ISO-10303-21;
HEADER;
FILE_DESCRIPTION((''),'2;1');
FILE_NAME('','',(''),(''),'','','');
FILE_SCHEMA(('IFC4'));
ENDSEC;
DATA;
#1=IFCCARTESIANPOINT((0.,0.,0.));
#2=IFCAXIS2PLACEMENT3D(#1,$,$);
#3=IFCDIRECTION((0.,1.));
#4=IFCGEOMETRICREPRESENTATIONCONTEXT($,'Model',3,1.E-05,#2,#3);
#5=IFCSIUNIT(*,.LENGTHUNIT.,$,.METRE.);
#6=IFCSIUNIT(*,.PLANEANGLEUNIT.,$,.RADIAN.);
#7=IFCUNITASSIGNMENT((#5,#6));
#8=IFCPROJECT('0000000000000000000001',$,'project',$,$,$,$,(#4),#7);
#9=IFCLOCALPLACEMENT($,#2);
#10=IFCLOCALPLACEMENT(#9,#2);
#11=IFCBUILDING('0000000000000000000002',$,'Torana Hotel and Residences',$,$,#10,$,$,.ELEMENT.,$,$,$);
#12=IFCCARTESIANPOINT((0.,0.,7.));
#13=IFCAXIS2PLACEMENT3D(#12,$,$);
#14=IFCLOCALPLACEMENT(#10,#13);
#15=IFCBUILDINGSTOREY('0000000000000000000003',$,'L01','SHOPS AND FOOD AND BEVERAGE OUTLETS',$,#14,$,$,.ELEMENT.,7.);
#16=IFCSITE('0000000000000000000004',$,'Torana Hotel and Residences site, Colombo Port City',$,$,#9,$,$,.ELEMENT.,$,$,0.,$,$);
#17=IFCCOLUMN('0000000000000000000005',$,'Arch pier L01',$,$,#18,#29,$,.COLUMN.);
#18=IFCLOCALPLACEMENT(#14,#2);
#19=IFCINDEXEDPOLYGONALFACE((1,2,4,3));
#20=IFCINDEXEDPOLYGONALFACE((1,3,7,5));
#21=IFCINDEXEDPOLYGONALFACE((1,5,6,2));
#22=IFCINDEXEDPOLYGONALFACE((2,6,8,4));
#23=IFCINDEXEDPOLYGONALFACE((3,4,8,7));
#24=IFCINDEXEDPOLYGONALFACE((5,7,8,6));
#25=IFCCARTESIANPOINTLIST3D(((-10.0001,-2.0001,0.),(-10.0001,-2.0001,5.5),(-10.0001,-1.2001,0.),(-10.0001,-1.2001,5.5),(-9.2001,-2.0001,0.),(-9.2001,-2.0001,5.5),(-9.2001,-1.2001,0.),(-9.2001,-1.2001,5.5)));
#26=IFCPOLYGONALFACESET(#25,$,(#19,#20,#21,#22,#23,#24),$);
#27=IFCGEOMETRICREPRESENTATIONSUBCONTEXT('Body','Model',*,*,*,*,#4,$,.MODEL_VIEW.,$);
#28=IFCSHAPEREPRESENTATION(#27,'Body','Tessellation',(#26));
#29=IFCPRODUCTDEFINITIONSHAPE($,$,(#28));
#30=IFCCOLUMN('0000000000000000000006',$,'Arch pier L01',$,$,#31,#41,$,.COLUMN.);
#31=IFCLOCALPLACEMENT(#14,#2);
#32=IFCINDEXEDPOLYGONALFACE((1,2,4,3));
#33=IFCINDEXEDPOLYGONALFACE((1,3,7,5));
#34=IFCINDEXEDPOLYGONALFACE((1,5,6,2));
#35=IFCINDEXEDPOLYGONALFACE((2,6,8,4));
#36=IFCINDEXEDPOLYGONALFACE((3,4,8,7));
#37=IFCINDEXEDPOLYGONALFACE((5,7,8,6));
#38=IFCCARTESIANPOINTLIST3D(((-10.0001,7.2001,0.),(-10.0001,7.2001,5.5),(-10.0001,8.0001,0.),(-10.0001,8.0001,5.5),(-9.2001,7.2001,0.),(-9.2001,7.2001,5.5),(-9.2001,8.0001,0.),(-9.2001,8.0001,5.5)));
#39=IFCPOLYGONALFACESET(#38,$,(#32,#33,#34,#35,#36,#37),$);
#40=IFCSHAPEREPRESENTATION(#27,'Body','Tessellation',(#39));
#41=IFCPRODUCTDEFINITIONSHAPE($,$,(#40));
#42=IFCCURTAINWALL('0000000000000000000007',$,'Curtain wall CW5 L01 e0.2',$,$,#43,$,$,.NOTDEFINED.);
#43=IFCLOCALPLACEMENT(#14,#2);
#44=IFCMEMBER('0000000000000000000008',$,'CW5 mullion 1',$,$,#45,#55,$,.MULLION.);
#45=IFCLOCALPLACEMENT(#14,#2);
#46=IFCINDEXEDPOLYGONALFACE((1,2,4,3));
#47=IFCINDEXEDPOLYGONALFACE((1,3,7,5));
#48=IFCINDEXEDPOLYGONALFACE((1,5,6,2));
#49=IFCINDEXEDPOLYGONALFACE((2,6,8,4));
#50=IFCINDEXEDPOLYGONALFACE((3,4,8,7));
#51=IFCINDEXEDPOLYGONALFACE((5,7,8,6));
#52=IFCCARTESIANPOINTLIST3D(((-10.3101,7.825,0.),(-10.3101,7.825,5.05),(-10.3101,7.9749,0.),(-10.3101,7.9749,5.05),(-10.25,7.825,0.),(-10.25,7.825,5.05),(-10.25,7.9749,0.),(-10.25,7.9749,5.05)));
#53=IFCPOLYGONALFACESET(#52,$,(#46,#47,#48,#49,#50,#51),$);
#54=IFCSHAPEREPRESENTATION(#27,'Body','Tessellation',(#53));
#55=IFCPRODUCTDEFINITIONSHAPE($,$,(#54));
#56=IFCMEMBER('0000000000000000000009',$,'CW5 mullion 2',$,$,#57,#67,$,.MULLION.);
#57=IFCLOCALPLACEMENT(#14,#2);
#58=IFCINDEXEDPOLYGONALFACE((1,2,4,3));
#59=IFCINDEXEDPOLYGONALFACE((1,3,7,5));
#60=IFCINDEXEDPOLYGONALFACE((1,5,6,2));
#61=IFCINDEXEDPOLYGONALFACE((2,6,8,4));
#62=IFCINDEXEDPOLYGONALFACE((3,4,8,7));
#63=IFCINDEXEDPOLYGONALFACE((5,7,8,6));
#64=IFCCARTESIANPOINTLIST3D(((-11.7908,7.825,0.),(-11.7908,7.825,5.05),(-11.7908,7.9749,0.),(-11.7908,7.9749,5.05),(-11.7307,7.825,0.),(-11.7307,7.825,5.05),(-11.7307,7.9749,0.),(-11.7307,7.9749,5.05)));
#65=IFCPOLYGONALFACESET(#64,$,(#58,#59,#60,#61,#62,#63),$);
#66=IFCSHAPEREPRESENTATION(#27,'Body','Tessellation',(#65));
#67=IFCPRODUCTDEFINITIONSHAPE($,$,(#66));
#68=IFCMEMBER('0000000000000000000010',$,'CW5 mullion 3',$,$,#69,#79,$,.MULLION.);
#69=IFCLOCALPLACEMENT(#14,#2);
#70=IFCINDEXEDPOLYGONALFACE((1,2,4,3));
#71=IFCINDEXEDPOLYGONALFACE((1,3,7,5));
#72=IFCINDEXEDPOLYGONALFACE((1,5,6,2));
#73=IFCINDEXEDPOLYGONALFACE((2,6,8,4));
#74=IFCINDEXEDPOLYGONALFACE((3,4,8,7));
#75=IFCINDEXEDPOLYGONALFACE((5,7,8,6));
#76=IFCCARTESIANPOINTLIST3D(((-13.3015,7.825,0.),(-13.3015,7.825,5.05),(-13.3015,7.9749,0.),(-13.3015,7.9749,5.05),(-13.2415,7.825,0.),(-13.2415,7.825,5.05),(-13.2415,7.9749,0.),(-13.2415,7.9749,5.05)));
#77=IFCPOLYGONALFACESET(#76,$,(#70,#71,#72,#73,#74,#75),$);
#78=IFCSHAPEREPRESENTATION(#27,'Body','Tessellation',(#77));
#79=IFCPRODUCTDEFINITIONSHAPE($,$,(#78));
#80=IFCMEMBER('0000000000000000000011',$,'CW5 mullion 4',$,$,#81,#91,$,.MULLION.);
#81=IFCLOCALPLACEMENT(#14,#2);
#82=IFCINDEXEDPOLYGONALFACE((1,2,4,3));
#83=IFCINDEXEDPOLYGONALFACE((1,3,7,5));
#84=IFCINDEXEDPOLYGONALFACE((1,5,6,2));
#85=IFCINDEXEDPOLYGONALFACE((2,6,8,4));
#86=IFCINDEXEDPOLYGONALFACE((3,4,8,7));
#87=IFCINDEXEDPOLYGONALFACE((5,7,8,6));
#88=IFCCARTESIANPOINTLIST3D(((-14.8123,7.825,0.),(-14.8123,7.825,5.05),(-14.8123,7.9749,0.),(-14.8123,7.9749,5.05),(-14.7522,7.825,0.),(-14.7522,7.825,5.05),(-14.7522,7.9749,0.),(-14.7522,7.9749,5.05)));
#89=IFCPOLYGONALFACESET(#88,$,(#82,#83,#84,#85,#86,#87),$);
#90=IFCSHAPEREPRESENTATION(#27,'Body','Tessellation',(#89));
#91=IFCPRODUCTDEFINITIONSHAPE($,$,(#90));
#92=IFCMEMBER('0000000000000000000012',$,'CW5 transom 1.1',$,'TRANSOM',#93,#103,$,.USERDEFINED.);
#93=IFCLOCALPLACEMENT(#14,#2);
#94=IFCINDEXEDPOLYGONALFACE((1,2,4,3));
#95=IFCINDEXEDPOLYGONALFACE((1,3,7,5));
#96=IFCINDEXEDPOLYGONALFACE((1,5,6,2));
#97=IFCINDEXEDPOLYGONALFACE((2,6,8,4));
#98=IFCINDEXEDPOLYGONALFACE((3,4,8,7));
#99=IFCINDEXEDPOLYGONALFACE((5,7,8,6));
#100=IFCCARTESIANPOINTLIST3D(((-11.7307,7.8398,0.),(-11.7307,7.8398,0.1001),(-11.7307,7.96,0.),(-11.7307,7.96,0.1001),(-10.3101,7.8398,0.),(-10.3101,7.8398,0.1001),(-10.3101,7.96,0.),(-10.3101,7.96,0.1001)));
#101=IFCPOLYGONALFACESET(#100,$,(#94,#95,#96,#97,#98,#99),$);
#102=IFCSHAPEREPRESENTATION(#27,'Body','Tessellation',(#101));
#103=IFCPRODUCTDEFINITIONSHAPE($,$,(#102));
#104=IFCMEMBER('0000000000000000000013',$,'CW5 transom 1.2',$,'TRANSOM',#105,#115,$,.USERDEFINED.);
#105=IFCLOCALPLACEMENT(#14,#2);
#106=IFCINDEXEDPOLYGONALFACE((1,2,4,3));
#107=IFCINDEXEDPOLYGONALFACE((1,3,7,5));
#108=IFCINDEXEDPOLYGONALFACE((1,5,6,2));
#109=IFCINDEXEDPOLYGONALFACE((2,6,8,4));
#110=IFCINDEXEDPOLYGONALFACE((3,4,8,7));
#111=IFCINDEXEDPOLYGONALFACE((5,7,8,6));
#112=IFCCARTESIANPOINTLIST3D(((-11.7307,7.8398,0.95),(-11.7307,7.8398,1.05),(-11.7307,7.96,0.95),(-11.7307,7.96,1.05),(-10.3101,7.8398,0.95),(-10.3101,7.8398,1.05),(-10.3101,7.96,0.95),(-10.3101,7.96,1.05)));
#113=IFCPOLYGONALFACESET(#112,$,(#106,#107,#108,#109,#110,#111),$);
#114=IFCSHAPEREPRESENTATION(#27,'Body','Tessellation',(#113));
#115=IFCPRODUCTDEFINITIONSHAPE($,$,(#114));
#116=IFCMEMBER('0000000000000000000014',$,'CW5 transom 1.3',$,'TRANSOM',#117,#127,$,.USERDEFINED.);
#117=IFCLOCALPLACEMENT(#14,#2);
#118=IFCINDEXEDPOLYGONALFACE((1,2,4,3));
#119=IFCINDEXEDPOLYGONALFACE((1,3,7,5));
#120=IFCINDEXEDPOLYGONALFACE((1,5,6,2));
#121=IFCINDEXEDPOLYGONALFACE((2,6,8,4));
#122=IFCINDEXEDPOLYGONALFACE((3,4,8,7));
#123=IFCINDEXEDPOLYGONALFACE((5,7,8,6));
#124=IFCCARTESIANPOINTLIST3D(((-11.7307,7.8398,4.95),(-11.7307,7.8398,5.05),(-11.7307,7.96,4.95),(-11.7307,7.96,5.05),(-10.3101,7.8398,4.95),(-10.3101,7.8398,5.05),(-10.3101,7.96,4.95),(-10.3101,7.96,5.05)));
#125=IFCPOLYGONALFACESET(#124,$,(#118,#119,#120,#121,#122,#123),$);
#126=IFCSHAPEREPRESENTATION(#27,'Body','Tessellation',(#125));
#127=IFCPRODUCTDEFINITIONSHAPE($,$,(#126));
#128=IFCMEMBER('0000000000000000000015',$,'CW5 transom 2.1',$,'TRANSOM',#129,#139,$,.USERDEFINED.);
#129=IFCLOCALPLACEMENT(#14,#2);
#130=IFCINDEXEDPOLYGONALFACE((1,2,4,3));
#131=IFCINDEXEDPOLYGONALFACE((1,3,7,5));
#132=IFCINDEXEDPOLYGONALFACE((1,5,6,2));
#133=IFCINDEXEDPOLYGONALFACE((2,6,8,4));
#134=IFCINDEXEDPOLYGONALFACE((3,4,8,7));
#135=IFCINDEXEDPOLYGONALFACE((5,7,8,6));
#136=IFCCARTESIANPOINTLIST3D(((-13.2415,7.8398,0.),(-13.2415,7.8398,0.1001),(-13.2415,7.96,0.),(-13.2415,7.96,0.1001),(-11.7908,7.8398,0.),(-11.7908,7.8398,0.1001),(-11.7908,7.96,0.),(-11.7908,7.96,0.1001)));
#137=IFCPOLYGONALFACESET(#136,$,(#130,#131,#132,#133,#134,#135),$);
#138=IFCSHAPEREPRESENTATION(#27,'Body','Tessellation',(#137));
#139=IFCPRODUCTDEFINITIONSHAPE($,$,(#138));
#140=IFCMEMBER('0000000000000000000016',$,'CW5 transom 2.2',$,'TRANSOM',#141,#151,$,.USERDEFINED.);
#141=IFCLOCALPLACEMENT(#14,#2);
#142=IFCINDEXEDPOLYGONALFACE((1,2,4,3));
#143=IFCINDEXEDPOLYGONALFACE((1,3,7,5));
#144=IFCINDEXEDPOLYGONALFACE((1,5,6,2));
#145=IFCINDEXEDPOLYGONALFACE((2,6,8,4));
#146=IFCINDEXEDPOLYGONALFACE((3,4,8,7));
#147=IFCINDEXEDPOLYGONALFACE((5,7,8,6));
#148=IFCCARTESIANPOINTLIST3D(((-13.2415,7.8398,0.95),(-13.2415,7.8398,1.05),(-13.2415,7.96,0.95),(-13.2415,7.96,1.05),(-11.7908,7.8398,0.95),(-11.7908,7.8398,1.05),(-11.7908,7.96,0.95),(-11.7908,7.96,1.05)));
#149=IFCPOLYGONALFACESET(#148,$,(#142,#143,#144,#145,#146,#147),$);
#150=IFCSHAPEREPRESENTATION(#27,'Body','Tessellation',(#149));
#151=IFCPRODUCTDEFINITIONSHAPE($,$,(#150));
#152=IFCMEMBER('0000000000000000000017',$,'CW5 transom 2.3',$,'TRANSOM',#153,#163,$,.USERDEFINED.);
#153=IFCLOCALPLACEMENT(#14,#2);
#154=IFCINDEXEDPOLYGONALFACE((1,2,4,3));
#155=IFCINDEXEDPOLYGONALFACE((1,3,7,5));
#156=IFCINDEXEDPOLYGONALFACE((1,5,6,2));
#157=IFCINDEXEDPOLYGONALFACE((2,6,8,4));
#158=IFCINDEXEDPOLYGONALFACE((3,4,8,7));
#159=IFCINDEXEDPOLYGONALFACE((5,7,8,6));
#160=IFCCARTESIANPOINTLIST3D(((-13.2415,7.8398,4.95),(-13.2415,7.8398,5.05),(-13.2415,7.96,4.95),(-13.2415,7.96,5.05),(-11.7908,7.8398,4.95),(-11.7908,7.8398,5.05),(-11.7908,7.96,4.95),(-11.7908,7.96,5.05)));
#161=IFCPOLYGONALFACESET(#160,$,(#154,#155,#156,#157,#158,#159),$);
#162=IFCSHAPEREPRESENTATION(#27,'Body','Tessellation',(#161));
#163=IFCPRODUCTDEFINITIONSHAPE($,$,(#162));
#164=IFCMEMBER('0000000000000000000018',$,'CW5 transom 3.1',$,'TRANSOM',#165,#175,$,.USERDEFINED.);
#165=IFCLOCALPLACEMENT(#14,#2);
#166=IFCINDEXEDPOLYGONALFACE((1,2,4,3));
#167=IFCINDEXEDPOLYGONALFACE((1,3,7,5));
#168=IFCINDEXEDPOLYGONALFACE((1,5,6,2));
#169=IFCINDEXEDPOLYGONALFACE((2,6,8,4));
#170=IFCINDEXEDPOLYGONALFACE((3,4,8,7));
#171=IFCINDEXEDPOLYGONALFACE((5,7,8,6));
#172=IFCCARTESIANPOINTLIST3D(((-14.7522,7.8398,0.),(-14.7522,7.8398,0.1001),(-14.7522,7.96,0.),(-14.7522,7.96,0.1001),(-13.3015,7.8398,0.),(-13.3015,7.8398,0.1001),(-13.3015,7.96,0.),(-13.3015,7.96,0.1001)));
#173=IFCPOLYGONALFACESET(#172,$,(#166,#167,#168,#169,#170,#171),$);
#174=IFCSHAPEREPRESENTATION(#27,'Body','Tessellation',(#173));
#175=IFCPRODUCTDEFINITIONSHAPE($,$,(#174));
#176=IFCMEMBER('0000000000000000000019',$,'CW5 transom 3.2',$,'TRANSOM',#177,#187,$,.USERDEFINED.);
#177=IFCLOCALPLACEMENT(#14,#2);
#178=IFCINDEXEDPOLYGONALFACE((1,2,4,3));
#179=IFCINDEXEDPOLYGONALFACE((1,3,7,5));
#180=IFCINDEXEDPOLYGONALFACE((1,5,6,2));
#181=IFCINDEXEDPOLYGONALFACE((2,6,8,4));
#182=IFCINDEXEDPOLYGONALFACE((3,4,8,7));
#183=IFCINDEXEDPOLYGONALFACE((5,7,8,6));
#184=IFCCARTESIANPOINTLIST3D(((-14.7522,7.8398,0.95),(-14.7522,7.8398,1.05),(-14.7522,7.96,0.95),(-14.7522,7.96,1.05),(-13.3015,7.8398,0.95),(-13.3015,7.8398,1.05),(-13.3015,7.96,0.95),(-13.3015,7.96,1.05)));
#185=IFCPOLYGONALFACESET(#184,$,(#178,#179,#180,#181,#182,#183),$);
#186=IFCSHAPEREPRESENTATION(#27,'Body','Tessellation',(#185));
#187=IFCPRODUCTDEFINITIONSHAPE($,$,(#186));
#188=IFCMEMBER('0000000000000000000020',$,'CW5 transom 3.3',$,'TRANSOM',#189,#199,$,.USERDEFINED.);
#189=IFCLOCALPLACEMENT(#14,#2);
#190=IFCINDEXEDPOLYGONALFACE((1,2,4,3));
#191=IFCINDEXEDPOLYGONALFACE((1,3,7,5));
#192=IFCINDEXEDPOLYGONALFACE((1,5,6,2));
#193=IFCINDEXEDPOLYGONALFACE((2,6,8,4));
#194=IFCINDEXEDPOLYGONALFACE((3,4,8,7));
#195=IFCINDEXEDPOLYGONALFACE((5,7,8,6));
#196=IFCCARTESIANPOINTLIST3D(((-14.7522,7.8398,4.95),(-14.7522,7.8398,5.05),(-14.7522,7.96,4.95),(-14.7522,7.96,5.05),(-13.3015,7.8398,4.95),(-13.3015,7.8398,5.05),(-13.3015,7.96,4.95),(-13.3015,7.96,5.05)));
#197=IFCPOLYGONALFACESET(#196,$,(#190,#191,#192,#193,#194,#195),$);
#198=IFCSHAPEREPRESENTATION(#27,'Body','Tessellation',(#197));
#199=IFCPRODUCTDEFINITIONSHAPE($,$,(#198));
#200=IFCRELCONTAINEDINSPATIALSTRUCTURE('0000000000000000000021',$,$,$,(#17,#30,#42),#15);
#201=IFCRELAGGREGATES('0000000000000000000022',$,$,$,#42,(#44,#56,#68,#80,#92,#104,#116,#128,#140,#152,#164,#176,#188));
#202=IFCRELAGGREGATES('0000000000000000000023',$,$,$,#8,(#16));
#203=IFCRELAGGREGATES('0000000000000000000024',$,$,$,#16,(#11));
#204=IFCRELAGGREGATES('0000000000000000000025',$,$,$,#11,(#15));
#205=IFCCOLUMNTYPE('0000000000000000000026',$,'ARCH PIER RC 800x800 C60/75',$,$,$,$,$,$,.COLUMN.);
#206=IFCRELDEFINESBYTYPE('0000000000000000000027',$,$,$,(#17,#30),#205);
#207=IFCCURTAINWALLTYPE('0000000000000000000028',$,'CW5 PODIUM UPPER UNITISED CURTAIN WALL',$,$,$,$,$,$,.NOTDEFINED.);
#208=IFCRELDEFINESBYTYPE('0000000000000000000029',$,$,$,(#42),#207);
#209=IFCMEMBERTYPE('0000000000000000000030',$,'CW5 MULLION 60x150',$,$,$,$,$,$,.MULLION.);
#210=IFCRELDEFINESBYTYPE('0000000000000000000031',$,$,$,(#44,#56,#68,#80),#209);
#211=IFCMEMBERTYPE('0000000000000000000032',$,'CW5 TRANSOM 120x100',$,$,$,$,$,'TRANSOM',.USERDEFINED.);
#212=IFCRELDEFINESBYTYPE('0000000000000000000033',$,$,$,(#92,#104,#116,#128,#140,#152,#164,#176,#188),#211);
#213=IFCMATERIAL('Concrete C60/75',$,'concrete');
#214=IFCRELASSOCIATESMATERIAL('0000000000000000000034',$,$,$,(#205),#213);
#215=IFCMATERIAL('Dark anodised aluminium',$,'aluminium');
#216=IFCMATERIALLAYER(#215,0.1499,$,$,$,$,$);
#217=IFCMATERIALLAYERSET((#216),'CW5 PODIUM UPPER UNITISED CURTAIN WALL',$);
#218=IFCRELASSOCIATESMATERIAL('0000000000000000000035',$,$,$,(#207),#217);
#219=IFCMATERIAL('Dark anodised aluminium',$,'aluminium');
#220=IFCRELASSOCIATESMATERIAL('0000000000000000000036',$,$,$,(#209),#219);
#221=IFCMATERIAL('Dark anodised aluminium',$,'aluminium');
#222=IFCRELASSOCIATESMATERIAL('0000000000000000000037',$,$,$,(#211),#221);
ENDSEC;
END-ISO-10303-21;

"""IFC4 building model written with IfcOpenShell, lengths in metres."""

from ifc_helpers import new_model, si_unit, direction, frame, origin, origin_2d, place, context, subcontext, project, spatial, rectangle, extrude, material, layer, layer_set, material_profile, profile_set, type_object, element, aggregate, save


model = new_model("IFC4")

# Units and contexts
model_context = context("Model", 3, precision=1e-05, world=origin(), true_north=direction((0.0, 1.0)))
body_context = subcontext(model_context, "Body", "Model", "MODEL_VIEW")
ifc_project = project(units=[si_unit("LENGTHUNIT", "METRE"), si_unit("PLANEANGLEUNIT", "RADIAN")], contexts=[model_context])

# Site, building, storey
site_placement = place(None, origin())
site = spatial("IfcSite", under=ifc_project, at=site_placement, Name="Torana Hotel and Residences site, Colombo Port City", CompositionType="ELEMENT", RefElevation=0.0)
building_placement = place(site_placement, origin())
building = spatial("IfcBuilding", under=site, at=building_placement, Name="Torana Hotel and Residences", CompositionType="ELEMENT")
storey_placement = place(building_placement, frame((0.0, 0.0, 7.0)))
storey = spatial("IfcBuildingStorey", under=building, at=storey_placement, Name="L01", Description="SHOPS AND FOOD AND BEVERAGE OUTLETS", CompositionType="ELEMENT", Elevation=7.0)

# Columns
ifc_material_1 = material(Name="Concrete C60/75", Category="concrete")
ifc_material_profile_1 = material_profile(ifc_material_1, rectangle(XDim=0.8, YDim=0.8, at=origin_2d()), Name="RC 800x800")
ifc_profile_set_1 = profile_set([ifc_material_profile_1], Name="Concrete C60/75")
column_type = type_object("IfcColumnType", Name="ARCH PIER RC 800x800 C60/75", PredefinedType="COLUMN", material=ifc_profile_set_1)
for number, where, z_axis, x_axis, name in (
    (1, (-9.6001, -1.6001, 0.0), (0.0, 0.0, 1.0), (1.0, 0.0, 0.0), "Arch pier L01"),
    (2, (-9.6001, 7.6001, 0.0), (0.0, 0.0, 1.0), (1.0, 0.0, 0.0), "Arch pier L01"),
):
    element("IfcColumn", number, at=place(storey_placement, frame(where, z_axis=z_axis, x_axis=x_axis)), inside=storey, type_object=column_type, Name=name, PredefinedType="COLUMN", context=body_context, shape_type="SweptSolid", body=[
        extrude(rectangle(XDim=0.8, YDim=0.8, at=origin_2d()), origin(), (0.0, 0.0, 1.0), 5.5),
    ])

# Curtain wall, members
ifc_material_2 = material(Name="Dark anodised aluminium", Category="aluminium")
ifc_layer_1 = layer(ifc_material_2, 0.1499)
ifc_layer_set_1 = layer_set([ifc_layer_1], Name="CW5 PODIUM UPPER UNITISED CURTAIN WALL")
curtain_wall_type = type_object("IfcCurtainWallType", Name="CW5 PODIUM UPPER UNITISED CURTAIN WALL", PredefinedType="NOTDEFINED", material=ifc_layer_set_1)
curtain_wall_placement = place(storey_placement, origin())
curtain_wall = element("IfcCurtainWall", 3, at=curtain_wall_placement, inside=storey, type_object=curtain_wall_type, Name="Curtain wall CW5 L01 e0.2", PredefinedType="NOTDEFINED")
ifc_material_3 = material(Name="Dark anodised aluminium", Category="aluminium")
ifc_material_profile_2 = material_profile(ifc_material_3, rectangle(XDim=0.1499, YDim=0.0601, at=origin_2d()), Name="CW5 MULLION 60x150")
ifc_profile_set_2 = profile_set([ifc_material_profile_2], Name="Dark anodised aluminium")
member_type_1 = type_object("IfcMemberType", Name="CW5 MULLION 60x150", PredefinedType="MULLION", material=ifc_profile_set_2)
member_1_placement = place(storey_placement, frame((-10.28, 7.8999, 0.0), z_axis=(0.0, 0.0, 1.0), x_axis=(0.0, -1.0, 0.0)))
member_1 = element("IfcMember", 4, at=member_1_placement, type_object=member_type_1, Name="CW5 mullion 1", PredefinedType="MULLION", context=body_context, shape_type="SweptSolid", body=[
    extrude(rectangle(XDim=0.1499, YDim=0.0601, at=origin_2d()), origin(), (0.0, 0.0, 1.0), 5.05),
])
member_2_placement = place(storey_placement, frame((-11.7607, 7.8999, 0.0), z_axis=(0.0, 0.0, 1.0), x_axis=(0.0, -1.0, 0.0)))
member_2 = element("IfcMember", 5, at=member_2_placement, type_object=member_type_1, Name="CW5 mullion 2", PredefinedType="MULLION", context=body_context, shape_type="SweptSolid", body=[
    extrude(rectangle(XDim=0.1499, YDim=0.0601, at=origin_2d()), origin(), (0.0, 0.0, 1.0), 5.05),
])
member_3_placement = place(storey_placement, frame((-13.2715, 7.8999, 0.0), z_axis=(0.0, 0.0, 1.0), x_axis=(0.0, -1.0, 0.0)))
member_3 = element("IfcMember", 6, at=member_3_placement, type_object=member_type_1, Name="CW5 mullion 3", PredefinedType="MULLION", context=body_context, shape_type="SweptSolid", body=[
    extrude(rectangle(XDim=0.1499, YDim=0.0601, at=origin_2d()), origin(), (0.0, 0.0, 1.0), 5.05),
])
member_4_placement = place(storey_placement, frame((-14.7822, 7.8999, 0.0), z_axis=(0.0, 0.0, 1.0), x_axis=(0.0, -1.0, 0.0)))
member_4 = element("IfcMember", 7, at=member_4_placement, type_object=member_type_1, Name="CW5 mullion 4", PredefinedType="MULLION", context=body_context, shape_type="SweptSolid", body=[
    extrude(rectangle(XDim=0.1499, YDim=0.0601, at=origin_2d()), origin(), (0.0, 0.0, 1.0), 5.05),
])
ifc_material_4 = material(Name="Dark anodised aluminium", Category="aluminium")
ifc_material_profile_3 = material_profile(ifc_material_4, rectangle(XDim=0.1201, YDim=0.1001, at=origin_2d()), Name="CW5 TRANSOM 120x100")
ifc_profile_set_3 = profile_set([ifc_material_profile_3], Name="Dark anodised aluminium")
member_type_2 = type_object("IfcMemberType", Name="CW5 TRANSOM 120x100", ElementType="TRANSOM", PredefinedType="USERDEFINED", material=ifc_profile_set_3)
member_5_placement = place(storey_placement, frame((-10.3101, 7.8999, 0.05), z_axis=(-1.0, 0.0, 0.0), x_axis=(0.0, -1.0, 0.0)))
member_5 = element("IfcMember", 8, at=member_5_placement, type_object=member_type_2, Name="CW5 transom 1.1", ObjectType="TRANSOM", PredefinedType="USERDEFINED", context=body_context, shape_type="SweptSolid", body=[
    extrude(rectangle(XDim=0.1201, YDim=0.1001, at=origin_2d()), origin(), (0.0, 0.0, 1.0), 1.4207),
])
member_6_placement = place(storey_placement, frame((-10.3101, 7.8999, 1.0), z_axis=(-1.0, 0.0, 0.0), x_axis=(0.0, -1.0, 0.0)))
member_6 = element("IfcMember", 9, at=member_6_placement, type_object=member_type_2, Name="CW5 transom 1.2", ObjectType="TRANSOM", PredefinedType="USERDEFINED", context=body_context, shape_type="SweptSolid", body=[
    extrude(rectangle(XDim=0.1201, YDim=0.1001, at=origin_2d()), origin(), (0.0, 0.0, 1.0), 1.4207),
])
member_7_placement = place(storey_placement, frame((-10.3101, 7.8999, 5.0), z_axis=(-1.0, 0.0, 0.0), x_axis=(0.0, -1.0, 0.0)))
member_7 = element("IfcMember", 10, at=member_7_placement, type_object=member_type_2, Name="CW5 transom 1.3", ObjectType="TRANSOM", PredefinedType="USERDEFINED", context=body_context, shape_type="SweptSolid", body=[
    extrude(rectangle(XDim=0.1201, YDim=0.1001, at=origin_2d()), origin(), (0.0, 0.0, 1.0), 1.4207),
])
member_8_placement = place(storey_placement, frame((-11.7908, 7.8999, 0.05), z_axis=(-1.0, 0.0, 0.0), x_axis=(0.0, -1.0, 0.0)))
member_8 = element("IfcMember", 11, at=member_8_placement, type_object=member_type_2, Name="CW5 transom 2.1", ObjectType="TRANSOM", PredefinedType="USERDEFINED", context=body_context, shape_type="SweptSolid", body=[
    extrude(rectangle(XDim=0.1201, YDim=0.1001, at=origin_2d()), origin(), (0.0, 0.0, 1.0), 1.4507),
])
member_9_placement = place(storey_placement, frame((-11.7908, 7.8999, 1.0), z_axis=(-1.0, 0.0, 0.0), x_axis=(0.0, -1.0, 0.0)))
member_9 = element("IfcMember", 12, at=member_9_placement, type_object=member_type_2, Name="CW5 transom 2.2", ObjectType="TRANSOM", PredefinedType="USERDEFINED", context=body_context, shape_type="SweptSolid", body=[
    extrude(rectangle(XDim=0.1201, YDim=0.1001, at=origin_2d()), origin(), (0.0, 0.0, 1.0), 1.4507),
])
member_10_placement = place(storey_placement, frame((-11.7908, 7.8999, 5.0), z_axis=(-1.0, 0.0, 0.0), x_axis=(0.0, -1.0, 0.0)))
member_10 = element("IfcMember", 13, at=member_10_placement, type_object=member_type_2, Name="CW5 transom 2.3", ObjectType="TRANSOM", PredefinedType="USERDEFINED", context=body_context, shape_type="SweptSolid", body=[
    extrude(rectangle(XDim=0.1201, YDim=0.1001, at=origin_2d()), origin(), (0.0, 0.0, 1.0), 1.4507),
])
member_11_placement = place(storey_placement, frame((-13.3015, 7.8999, 0.05), z_axis=(-1.0, 0.0, 0.0), x_axis=(0.0, -1.0, 0.0)))
member_11 = element("IfcMember", 14, at=member_11_placement, type_object=member_type_2, Name="CW5 transom 3.1", ObjectType="TRANSOM", PredefinedType="USERDEFINED", context=body_context, shape_type="SweptSolid", body=[
    extrude(rectangle(XDim=0.1201, YDim=0.1001, at=origin_2d()), origin(), (0.0, 0.0, 1.0), 1.4507),
])
member_12_placement = place(storey_placement, frame((-13.3015, 7.8999, 1.0), z_axis=(-1.0, 0.0, 0.0), x_axis=(0.0, -1.0, 0.0)))
member_12 = element("IfcMember", 15, at=member_12_placement, type_object=member_type_2, Name="CW5 transom 3.2", ObjectType="TRANSOM", PredefinedType="USERDEFINED", context=body_context, shape_type="SweptSolid", body=[
    extrude(rectangle(XDim=0.1201, YDim=0.1001, at=origin_2d()), origin(), (0.0, 0.0, 1.0), 1.4507),
])
member_13_placement = place(storey_placement, frame((-13.3015, 7.8999, 5.0), z_axis=(-1.0, 0.0, 0.0), x_axis=(0.0, -1.0, 0.0)))
member_13 = element("IfcMember", 16, at=member_13_placement, type_object=member_type_2, Name="CW5 transom 3.3", ObjectType="TRANSOM", PredefinedType="USERDEFINED", context=body_context, shape_type="SweptSolid", body=[
    extrude(rectangle(XDim=0.1201, YDim=0.1001, at=origin_2d()), origin(), (0.0, 0.0, 1.0), 1.4507),
])
aggregate(curtain_wall, [member_1, member_2, member_3, member_4, member_5, member_6, member_7, member_8, member_9, member_10, member_11, member_12, member_13])

save(model, "model.ifc")
